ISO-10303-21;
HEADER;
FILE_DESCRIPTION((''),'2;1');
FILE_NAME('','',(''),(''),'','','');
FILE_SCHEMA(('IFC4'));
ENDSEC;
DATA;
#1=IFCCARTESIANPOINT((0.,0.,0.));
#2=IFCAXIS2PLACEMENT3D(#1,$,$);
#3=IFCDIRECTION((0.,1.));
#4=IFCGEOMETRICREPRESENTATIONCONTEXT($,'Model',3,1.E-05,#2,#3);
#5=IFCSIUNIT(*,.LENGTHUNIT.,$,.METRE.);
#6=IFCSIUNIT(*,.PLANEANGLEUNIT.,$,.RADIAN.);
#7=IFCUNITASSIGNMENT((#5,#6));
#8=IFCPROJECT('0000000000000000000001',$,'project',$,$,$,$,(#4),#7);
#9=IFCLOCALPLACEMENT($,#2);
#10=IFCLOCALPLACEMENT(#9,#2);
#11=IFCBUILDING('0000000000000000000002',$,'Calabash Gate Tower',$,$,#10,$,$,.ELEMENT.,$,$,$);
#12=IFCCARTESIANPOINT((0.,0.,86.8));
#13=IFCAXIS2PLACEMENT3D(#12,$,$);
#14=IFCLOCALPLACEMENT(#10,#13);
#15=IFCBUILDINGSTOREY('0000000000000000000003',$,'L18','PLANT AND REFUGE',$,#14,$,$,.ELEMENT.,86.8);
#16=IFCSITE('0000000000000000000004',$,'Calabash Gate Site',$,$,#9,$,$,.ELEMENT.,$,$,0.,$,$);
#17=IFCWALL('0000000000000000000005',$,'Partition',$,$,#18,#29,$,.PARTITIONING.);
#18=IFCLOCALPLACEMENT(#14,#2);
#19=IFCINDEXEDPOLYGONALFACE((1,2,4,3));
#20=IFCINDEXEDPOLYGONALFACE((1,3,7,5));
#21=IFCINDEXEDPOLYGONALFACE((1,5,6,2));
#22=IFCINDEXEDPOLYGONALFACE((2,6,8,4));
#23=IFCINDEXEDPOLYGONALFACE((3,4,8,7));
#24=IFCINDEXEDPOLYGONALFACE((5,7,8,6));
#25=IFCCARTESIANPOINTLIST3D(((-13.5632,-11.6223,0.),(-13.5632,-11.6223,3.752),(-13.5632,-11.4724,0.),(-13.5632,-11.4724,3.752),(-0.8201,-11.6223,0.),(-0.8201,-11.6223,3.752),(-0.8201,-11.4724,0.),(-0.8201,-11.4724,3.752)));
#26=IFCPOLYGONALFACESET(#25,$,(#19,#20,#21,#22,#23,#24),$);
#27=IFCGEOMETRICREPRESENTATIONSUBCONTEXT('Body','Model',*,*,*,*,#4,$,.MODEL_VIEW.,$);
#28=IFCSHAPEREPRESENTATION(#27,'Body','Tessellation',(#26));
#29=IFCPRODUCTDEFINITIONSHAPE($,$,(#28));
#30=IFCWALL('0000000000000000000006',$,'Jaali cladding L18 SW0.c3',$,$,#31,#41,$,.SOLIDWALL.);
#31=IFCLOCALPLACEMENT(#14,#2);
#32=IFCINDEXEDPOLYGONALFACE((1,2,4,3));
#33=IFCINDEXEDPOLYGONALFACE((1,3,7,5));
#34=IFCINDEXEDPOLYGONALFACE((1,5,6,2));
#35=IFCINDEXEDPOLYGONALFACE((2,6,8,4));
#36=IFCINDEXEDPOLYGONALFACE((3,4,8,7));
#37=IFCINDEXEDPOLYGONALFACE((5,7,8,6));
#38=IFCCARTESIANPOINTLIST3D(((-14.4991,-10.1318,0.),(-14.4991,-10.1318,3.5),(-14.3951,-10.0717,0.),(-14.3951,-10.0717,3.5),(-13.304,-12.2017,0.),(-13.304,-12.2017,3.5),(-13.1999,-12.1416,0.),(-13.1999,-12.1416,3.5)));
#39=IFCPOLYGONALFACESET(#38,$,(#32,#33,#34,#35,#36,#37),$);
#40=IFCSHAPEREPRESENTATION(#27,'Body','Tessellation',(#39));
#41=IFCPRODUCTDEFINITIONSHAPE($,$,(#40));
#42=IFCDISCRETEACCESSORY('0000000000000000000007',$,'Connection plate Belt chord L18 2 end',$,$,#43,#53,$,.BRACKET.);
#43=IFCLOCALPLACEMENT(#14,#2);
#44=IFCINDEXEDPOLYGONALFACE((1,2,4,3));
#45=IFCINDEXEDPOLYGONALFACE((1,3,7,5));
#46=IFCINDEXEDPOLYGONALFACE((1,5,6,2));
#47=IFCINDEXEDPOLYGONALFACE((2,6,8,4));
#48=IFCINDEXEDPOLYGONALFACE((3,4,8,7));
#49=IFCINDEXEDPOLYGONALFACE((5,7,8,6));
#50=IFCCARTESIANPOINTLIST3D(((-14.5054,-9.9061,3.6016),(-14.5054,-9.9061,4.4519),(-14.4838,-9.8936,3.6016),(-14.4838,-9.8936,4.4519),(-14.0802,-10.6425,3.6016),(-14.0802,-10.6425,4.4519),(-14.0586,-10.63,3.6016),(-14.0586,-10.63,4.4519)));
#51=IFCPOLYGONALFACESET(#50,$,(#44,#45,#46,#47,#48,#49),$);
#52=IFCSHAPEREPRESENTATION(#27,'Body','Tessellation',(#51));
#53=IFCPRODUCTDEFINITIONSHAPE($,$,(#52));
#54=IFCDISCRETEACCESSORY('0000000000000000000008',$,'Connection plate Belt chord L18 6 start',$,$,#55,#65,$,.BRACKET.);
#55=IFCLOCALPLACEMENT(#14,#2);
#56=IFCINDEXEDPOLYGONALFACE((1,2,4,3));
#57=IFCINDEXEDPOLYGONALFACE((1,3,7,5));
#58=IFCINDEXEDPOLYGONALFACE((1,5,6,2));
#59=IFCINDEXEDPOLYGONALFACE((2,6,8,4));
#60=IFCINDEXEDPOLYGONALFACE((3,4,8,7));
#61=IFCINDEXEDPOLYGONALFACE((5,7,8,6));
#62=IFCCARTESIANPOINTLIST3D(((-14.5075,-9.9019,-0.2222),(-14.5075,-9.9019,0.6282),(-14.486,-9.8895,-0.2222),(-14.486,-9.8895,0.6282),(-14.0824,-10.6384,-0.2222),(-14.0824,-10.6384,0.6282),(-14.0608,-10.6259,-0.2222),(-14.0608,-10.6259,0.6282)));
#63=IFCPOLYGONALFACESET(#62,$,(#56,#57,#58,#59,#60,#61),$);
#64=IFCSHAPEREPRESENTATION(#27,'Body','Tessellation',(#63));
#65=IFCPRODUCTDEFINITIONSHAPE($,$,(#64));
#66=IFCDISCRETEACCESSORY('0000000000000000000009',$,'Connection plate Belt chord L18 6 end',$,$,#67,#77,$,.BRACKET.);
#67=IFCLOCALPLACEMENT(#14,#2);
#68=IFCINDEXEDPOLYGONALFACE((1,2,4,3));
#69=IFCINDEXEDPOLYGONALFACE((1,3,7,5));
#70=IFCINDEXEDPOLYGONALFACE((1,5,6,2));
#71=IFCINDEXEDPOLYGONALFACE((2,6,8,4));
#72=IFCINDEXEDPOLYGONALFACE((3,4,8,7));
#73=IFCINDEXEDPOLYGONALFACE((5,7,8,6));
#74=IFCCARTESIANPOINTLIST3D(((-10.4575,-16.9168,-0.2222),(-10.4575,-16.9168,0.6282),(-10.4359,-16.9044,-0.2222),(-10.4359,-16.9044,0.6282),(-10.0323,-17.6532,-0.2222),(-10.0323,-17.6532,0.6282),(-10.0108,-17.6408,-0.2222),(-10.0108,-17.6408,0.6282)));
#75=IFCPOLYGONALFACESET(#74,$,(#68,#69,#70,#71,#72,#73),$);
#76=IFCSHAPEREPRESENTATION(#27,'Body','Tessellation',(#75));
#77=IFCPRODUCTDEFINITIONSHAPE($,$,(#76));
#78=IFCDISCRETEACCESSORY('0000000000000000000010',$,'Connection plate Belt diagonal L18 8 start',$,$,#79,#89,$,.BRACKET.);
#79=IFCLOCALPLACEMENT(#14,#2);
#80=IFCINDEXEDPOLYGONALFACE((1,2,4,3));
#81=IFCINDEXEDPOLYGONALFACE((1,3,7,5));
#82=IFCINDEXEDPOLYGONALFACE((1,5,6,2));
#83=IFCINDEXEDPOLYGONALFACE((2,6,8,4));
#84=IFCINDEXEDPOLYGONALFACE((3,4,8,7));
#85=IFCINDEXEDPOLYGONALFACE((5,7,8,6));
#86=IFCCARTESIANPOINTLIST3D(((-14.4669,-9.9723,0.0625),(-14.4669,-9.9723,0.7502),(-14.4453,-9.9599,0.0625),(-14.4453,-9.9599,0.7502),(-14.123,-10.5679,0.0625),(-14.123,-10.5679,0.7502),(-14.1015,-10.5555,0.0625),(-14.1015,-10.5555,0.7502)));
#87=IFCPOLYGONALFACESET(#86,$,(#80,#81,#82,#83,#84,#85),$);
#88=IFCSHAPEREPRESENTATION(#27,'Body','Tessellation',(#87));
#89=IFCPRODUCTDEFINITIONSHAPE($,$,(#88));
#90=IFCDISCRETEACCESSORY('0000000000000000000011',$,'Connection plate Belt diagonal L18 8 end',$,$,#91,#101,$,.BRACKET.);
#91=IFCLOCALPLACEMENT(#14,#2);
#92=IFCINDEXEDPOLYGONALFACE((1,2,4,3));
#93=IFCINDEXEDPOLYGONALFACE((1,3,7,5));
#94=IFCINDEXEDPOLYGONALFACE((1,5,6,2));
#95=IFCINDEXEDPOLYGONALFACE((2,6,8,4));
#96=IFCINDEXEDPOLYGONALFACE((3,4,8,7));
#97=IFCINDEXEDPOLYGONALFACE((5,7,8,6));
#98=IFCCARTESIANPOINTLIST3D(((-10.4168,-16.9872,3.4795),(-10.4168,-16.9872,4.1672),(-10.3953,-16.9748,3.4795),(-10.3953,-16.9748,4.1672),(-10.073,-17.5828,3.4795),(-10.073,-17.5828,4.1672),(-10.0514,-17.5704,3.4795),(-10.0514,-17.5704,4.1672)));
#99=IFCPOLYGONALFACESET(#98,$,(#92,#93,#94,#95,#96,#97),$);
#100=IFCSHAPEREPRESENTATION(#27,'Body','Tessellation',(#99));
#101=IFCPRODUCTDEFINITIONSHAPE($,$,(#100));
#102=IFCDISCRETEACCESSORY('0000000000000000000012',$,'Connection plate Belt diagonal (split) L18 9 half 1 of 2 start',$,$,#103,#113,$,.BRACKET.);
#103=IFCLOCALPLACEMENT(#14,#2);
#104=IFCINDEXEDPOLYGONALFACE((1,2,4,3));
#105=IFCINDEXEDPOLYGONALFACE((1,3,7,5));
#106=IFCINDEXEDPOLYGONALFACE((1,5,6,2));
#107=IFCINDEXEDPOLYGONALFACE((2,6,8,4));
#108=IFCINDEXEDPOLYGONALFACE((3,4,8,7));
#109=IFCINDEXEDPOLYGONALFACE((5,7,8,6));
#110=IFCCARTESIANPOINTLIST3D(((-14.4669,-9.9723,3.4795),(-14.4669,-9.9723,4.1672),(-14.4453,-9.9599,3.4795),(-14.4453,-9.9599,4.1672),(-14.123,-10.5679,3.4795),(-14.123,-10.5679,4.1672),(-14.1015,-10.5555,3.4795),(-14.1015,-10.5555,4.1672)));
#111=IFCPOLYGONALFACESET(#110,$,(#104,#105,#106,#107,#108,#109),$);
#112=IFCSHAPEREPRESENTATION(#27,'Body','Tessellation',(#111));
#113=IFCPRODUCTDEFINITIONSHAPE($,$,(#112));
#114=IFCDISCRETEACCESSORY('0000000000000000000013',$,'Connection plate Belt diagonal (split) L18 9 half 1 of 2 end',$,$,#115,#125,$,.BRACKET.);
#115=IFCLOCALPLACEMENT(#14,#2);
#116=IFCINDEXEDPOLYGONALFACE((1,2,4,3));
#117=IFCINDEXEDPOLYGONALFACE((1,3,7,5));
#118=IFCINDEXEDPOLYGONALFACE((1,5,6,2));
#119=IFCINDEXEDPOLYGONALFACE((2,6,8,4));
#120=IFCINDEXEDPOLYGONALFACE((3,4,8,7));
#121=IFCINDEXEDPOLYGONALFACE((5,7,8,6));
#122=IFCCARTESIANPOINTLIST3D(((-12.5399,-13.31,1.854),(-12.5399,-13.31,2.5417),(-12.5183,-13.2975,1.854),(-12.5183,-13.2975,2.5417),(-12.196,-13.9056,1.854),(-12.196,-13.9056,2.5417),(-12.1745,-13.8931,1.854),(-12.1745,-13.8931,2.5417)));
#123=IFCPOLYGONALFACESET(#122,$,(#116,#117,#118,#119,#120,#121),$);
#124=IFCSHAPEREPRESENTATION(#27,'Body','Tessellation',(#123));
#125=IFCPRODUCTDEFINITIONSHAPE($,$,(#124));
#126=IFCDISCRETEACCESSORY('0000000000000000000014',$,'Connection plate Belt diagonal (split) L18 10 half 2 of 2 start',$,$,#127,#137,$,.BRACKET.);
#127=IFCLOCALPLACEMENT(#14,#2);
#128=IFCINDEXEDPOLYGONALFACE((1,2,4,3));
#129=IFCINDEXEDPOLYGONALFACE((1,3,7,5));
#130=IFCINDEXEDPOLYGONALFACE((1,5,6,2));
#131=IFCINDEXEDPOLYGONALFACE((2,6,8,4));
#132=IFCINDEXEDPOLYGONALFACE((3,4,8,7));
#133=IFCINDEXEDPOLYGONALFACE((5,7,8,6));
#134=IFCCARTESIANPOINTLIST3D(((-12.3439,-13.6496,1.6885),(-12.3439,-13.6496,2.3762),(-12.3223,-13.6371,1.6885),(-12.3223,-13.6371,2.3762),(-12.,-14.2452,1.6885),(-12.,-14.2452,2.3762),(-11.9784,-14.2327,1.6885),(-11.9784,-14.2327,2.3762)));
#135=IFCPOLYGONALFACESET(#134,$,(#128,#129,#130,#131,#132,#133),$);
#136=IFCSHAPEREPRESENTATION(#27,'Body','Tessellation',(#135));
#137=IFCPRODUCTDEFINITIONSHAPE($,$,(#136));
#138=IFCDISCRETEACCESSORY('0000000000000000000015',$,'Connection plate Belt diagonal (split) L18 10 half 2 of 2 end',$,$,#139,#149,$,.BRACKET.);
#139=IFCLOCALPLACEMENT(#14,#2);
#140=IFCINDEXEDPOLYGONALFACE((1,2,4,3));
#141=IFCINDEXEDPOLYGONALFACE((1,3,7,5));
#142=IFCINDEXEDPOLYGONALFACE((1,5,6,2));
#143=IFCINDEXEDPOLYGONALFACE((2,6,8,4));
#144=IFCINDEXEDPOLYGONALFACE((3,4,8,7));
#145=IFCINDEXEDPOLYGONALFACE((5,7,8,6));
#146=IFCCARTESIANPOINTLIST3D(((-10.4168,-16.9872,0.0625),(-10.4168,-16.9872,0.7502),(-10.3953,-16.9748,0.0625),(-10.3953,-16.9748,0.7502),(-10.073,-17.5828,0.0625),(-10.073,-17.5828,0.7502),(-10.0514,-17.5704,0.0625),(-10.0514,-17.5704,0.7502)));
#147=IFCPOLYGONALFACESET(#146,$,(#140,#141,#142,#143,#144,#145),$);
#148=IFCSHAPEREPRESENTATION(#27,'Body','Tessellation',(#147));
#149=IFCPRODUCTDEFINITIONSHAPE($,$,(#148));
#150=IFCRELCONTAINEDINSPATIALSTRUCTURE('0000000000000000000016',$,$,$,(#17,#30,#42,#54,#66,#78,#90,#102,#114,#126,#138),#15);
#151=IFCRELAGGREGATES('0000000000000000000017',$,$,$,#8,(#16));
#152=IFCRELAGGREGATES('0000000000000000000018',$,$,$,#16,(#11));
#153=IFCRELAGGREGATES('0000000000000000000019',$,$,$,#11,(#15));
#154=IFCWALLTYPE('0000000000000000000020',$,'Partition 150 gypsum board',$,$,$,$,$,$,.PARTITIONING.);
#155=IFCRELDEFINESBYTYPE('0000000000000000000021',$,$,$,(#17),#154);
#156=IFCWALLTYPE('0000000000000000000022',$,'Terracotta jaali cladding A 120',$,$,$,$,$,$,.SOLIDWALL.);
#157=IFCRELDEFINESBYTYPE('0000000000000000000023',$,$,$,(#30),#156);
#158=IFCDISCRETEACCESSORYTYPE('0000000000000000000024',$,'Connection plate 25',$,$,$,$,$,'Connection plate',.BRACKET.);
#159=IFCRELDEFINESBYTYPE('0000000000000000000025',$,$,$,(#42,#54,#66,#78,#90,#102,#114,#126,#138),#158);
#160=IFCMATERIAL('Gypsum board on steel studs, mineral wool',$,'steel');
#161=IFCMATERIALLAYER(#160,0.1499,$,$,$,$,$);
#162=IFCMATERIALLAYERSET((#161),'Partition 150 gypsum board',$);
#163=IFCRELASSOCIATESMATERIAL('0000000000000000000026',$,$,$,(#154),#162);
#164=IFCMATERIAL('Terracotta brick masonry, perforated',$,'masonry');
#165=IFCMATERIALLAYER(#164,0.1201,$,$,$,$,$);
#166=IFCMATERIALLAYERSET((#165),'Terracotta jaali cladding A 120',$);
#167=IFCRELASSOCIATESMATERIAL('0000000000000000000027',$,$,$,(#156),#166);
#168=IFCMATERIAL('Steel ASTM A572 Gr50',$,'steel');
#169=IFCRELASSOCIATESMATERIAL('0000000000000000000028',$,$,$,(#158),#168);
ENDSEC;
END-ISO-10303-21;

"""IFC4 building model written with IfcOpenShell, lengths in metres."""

from ifc_helpers import new_model, si_unit, direction, frame, frame_2d, origin, origin_2d, place, context, subcontext, project, spatial, rectangle, extrude, material, layer, layer_set, type_object, element, save


model = new_model("IFC4")

# Units and contexts
model_context = context("Model", 3, precision=1e-05, world=origin(), true_north=direction((0.0, 1.0)))
body_context = subcontext(model_context, "Body", "Model", "MODEL_VIEW")
ifc_project = project(units=[si_unit("LENGTHUNIT", "METRE"), si_unit("PLANEANGLEUNIT", "RADIAN")], contexts=[model_context])

# Site, building, storey
site_placement = place(None, origin())
site = spatial("IfcSite", under=ifc_project, at=site_placement, Name="Calabash Gate Site", CompositionType="ELEMENT", RefElevation=0.0)
building_placement = place(site_placement, origin())
building = spatial("IfcBuilding", under=site, at=building_placement, Name="Calabash Gate Tower", CompositionType="ELEMENT")
storey_placement = place(building_placement, frame((0.0, 0.0, 86.8)))
storey = spatial("IfcBuildingStorey", under=building, at=storey_placement, Name="L18", Description="PLANT AND REFUGE", CompositionType="ELEMENT", Elevation=86.8)

# Walls
ifc_material_1 = material(Name="Gypsum board on steel studs, mineral wool", Category="steel")
ifc_layer_1 = layer(ifc_material_1, 0.1499)
ifc_layer_set_1 = layer_set([ifc_layer_1], Name="Partition 150 gypsum board")
wall_type_1 = type_object("IfcWallType", Name="Partition 150 gypsum board", PredefinedType="PARTITIONING", material=ifc_layer_set_1)
wall_1_placement = place(storey_placement, frame((-13.5632, -11.5474, 0.0), z_axis=(0.0, 0.0, 1.0), x_axis=(1.0, 0.0, 0.0)))
element("IfcWall", 1, at=wall_1_placement, inside=storey, type_object=wall_type_1, Name="Partition", PredefinedType="PARTITIONING", context=body_context, shape_type="SweptSolid", body=[
    extrude(rectangle(XDim=12.7432, YDim=0.1499, at=frame_2d((6.3716, 0.0))), origin(), (0.0, 0.0, 1.0), 3.752),
])
ifc_material_2 = material(Name="Terracotta brick masonry, perforated", Category="masonry")
ifc_layer_2 = layer(ifc_material_2, 0.1201)
ifc_layer_set_2 = layer_set([ifc_layer_2], Name="Terracotta jaali cladding A 120")
wall_type_2 = type_object("IfcWallType", Name="Terracotta jaali cladding A 120", PredefinedType="SOLIDWALL", material=ifc_layer_set_2)
wall_2_placement = place(storey_placement, frame((-13.252, -12.1716, 0.0), z_axis=(0.0, 0.0, 1.0), x_axis=(-0.500017, 0.866015, 0.0)))
element("IfcWall", 2, at=wall_2_placement, inside=storey, type_object=wall_type_2, Name="Jaali cladding L18 SW0.c3", PredefinedType="SOLIDWALL", context=body_context, shape_type="SweptSolid", body=[
    extrude(rectangle(XDim=2.3901, YDim=0.1201, at=frame_2d((1.1951, 0.0))), origin(), (0.0, 0.0, 1.0), 3.5),
])

# Discrete accessories
ifc_material_3 = material(Name="Steel ASTM A572 Gr50", Category="steel")
discrete_accessory_type = type_object("IfcDiscreteAccessoryType", Name="Connection plate 25", ElementType="Connection plate", PredefinedType="BRACKET", material=ifc_material_3)
for number, where, z_axis, x_axis, name in (
    (3, (-14.282, -10.2681, 3.6016), (0.0, 0.0, 1.0), (0.500014, -0.866018, 0.0), "Connection plate Belt chord L18 2 end"),
    (4, (-14.2842, -10.2639, -0.2222), (0.0, 0.0, 1.0), (0.5, -0.866025, 0.0), "Connection plate Belt chord L18 6 start"),
    (5, (-10.2341, -17.2788, -0.2222), (0.0, 0.0, 1.0), (0.5, -0.866025, 0.0), "Connection plate Belt chord L18 6 end"),
):
    element("IfcDiscreteAccessory", number, at=place(storey_placement, frame(where, z_axis=z_axis, x_axis=x_axis)), inside=storey, type_object=discrete_accessory_type, Name=name, PredefinedType="BRACKET", context=body_context, shape_type="SweptSolid", body=[
        extrude(rectangle(XDim=0.8503, YDim=0.0249, at=origin_2d()), origin(), (0.0, 0.0, 1.0), 0.8503),
    ])
for number, where, z_axis, x_axis, name in (
    (6, (-14.2842, -10.2639, 0.0625), (0.0, 0.0, 1.0), (0.5, -0.866025, 0.0), "Connection plate Belt diagonal L18 8 start"),
    (7, (-10.2341, -17.2788, 3.4795), (0.0, 0.0, 1.0), (0.5, -0.866025, 0.0), "Connection plate Belt diagonal L18 8 end"),
    (8, (-14.2842, -10.2639, 3.4795), (0.0, 0.0, 1.0), (0.5, -0.866025, 0.0), "Connection plate Belt diagonal (split) L18 9 half 1 of 2 start"),
    (9, (-12.3572, -13.6016, 1.854), (0.0, 0.0, 1.0), (0.5, -0.866025, 0.0), "Connection plate Belt diagonal (split) L18 9 half 1 of 2 end"),
    (10, (-12.1611, -13.9412, 1.6885), (0.0, 0.0, 1.0), (0.5, -0.866025, 0.0), "Connection plate Belt diagonal (split) L18 10 half 2 of 2 start"),
    (11, (-10.2341, -17.2788, 0.0625), (0.0, 0.0, 1.0), (0.5, -0.866025, 0.0), "Connection plate Belt diagonal (split) L18 10 half 2 of 2 end"),
):
    element("IfcDiscreteAccessory", number, at=place(storey_placement, frame(where, z_axis=z_axis, x_axis=x_axis)), inside=storey, type_object=discrete_accessory_type, Name=name, PredefinedType="BRACKET", context=body_context, shape_type="SweptSolid", body=[
        extrude(rectangle(XDim=0.6877, YDim=0.0249, at=origin_2d()), origin(), (0.0, 0.0, 1.0), 0.6877),
    ])

save(model, "model.ifc")
